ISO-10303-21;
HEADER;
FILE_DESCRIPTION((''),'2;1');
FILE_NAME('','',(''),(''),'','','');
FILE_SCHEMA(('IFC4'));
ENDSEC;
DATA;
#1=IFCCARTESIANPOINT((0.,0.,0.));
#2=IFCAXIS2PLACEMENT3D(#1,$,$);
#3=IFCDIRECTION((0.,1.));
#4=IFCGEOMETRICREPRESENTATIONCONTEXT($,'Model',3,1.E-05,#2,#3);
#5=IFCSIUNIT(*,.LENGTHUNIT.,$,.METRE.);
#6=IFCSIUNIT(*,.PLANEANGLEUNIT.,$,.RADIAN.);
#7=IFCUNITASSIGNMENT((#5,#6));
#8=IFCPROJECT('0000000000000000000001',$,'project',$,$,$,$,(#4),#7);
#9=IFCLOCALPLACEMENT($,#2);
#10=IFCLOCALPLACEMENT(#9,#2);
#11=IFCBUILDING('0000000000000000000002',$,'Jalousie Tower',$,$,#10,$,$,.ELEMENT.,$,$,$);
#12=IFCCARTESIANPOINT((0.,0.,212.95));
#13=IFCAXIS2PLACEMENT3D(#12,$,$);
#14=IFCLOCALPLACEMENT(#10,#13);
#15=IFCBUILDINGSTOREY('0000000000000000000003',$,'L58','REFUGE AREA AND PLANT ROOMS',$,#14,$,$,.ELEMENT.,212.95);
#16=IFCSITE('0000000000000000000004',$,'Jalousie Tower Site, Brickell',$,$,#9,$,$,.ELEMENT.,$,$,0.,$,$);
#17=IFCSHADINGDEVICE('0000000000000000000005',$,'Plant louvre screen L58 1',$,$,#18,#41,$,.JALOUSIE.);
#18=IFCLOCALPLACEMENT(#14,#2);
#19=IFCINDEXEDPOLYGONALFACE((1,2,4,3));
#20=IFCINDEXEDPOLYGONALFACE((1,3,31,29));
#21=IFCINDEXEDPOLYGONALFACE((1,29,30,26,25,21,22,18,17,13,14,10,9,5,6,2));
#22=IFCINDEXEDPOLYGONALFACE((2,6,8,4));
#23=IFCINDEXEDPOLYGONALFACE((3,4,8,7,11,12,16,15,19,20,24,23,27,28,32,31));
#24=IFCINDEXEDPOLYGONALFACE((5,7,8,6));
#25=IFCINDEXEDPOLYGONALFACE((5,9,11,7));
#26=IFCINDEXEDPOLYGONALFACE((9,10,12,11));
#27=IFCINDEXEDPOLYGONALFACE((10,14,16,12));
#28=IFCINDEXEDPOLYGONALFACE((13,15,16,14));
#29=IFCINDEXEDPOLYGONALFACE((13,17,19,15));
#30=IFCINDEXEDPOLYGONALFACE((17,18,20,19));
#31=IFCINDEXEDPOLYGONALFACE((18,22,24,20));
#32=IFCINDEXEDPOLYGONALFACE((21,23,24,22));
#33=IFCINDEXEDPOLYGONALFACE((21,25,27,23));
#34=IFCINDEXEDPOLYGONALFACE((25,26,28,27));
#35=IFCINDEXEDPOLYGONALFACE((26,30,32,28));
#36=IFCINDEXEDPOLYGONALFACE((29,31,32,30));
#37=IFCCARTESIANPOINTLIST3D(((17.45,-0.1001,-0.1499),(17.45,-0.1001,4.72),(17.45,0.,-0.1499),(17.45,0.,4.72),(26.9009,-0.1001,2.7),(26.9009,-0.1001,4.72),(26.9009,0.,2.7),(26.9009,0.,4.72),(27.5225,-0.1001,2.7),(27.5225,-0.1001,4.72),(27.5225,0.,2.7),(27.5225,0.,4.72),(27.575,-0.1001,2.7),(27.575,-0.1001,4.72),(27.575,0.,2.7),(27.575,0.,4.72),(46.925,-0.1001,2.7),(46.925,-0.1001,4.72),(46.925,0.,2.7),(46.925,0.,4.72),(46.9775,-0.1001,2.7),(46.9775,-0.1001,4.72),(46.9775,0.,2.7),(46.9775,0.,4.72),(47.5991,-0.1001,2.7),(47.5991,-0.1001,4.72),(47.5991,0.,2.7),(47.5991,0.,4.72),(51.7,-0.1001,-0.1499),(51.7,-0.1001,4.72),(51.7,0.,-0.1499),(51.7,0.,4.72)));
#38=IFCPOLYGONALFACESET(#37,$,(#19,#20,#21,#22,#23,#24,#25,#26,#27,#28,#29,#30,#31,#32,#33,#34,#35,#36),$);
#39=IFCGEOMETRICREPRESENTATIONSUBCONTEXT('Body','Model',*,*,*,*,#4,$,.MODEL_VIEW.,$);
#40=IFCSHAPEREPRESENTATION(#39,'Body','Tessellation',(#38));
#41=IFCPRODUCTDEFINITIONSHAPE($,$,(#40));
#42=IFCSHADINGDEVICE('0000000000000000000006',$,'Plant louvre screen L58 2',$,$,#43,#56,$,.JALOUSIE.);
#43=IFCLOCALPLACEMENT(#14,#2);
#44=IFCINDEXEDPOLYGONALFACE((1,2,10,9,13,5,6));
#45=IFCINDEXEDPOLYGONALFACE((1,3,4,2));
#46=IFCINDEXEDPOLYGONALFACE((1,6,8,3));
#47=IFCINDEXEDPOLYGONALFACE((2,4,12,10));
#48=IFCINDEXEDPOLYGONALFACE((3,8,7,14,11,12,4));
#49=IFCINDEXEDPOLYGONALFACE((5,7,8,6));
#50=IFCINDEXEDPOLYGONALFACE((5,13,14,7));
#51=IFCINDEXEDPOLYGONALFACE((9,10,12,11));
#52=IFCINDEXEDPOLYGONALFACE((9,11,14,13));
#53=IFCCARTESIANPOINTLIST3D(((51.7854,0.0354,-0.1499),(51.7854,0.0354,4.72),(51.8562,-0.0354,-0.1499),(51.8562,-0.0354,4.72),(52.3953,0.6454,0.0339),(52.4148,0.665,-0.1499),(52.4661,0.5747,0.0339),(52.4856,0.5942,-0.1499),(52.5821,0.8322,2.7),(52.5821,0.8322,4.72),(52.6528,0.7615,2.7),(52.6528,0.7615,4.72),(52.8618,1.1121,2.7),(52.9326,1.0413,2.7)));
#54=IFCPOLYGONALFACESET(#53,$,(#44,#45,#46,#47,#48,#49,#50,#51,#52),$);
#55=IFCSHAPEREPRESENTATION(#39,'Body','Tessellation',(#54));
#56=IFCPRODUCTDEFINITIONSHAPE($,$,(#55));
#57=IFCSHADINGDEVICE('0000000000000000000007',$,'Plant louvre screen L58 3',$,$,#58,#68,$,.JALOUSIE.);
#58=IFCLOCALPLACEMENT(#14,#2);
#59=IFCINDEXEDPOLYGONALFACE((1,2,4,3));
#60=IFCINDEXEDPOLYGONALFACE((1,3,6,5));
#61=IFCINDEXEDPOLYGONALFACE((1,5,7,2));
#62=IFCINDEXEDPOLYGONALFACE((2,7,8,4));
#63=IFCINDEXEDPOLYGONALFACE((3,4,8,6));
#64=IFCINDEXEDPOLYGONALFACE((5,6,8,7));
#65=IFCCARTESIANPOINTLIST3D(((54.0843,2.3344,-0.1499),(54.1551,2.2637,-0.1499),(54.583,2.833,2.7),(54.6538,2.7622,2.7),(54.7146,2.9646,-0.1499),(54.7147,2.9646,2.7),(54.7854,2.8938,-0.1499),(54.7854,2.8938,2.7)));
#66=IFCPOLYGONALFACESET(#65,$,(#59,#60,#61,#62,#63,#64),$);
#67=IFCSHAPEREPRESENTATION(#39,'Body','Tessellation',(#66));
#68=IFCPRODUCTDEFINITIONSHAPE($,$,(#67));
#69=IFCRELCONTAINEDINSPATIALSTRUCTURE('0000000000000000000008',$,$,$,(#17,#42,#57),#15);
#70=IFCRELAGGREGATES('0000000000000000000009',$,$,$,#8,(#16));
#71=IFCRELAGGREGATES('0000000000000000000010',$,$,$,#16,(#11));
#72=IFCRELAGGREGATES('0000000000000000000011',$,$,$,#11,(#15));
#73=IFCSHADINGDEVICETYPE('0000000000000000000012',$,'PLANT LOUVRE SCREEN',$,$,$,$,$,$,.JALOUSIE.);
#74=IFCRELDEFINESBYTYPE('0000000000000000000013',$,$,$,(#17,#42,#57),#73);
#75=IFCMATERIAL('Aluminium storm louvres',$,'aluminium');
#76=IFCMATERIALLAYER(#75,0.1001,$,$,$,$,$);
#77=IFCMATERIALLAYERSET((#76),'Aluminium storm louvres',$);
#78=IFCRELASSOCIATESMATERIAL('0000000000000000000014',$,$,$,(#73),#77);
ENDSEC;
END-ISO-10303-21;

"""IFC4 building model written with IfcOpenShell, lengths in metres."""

from ifc_helpers import new_model, si_unit, direction, frame, origin, place, context, subcontext, project, spatial, polyline, outline, extrude, material, layer, layer_set, type_object, element, save


model = new_model("IFC4")

# Units and contexts
model_context = context("Model", 3, precision=1e-05, world=origin(), true_north=direction((0.0, 1.0)))
body_context = subcontext(model_context, "Body", "Model", "MODEL_VIEW")
ifc_project = project(units=[si_unit("LENGTHUNIT", "METRE"), si_unit("PLANEANGLEUNIT", "RADIAN")], contexts=[model_context])

# Site, building, storey
site_placement = place(None, origin())
site = spatial("IfcSite", under=ifc_project, at=site_placement, Name="Jalousie Tower Site, Brickell", CompositionType="ELEMENT", RefElevation=0.0)
building_placement = place(site_placement, origin())
building = spatial("IfcBuilding", under=site, at=building_placement, Name="Jalousie Tower", CompositionType="ELEMENT")
storey_placement = place(building_placement, frame((0.0, 0.0, 212.95)))
storey = spatial("IfcBuildingStorey", under=building, at=storey_placement, Name="L58", Description="REFUGE AREA AND PLANT ROOMS", CompositionType="ELEMENT", Elevation=212.95)

# Shading devices
ifc_material_1 = material(Name="Aluminium storm louvres", Category="aluminium")
ifc_layer = layer(ifc_material_1, 0.1001)
ifc_layer_set = layer_set([ifc_layer], Name="Aluminium storm louvres")
shading_device_type = type_object("IfcShadingDeviceType", Name="PLANT LOUVRE SCREEN", PredefinedType="JALOUSIE", material=ifc_layer_set)
shading_device_1_placement = place(storey_placement, frame((51.7, -0.1001, 4.72), z_axis=(0.0, -1.0, 0.0), x_axis=(-1.0, 0.0, 0.0)))
element("IfcShadingDevice", 1, at=shading_device_1_placement, inside=storey, type_object=shading_device_type, Name="Plant louvre screen L58 1", PredefinedType="JALOUSIE", context=body_context, shape_type="SweptSolid", body=[
    extrude(outline(polyline([(0.0, 0.0), (4.1008, 0.0), (4.1008, 2.02), (4.7224, 2.02), (4.7224, 0.0), (4.7749, 0.0), (4.7749, 2.02), (24.125, 2.02), (24.125, 0.0), (24.1775, 0.0), (24.1775, 2.02), (24.7991, 2.02), (24.7991, 0.0), (34.25, 0.0), (34.25, 4.8699), (0.0, 4.8699), (0.0, 0.0)])), origin(), (0.0, 0.0, -1.0), 0.1001),
])
shading_device_2_placement = place(storey_placement, frame((51.8562, -0.0354, -0.1499), z_axis=(0.707213, -0.707001, -0.000004), x_axis=(0.707001, 0.707213, 0.0)))
element("IfcShadingDevice", 2, at=shading_device_2_placement, inside=storey, type_object=shading_device_type, Name="Plant louvre screen L58 2", PredefinedType="JALOUSIE", context=body_context, shape_type="SweptSolid", body=[
    extrude(outline(polyline([(0.0, 0.0), (0.8903, 0.0), (0.8626, 0.1838), (1.5225, 2.8499), (1.1268, 2.8499), (1.1268, 4.8699), (0.0, 4.8699), (0.0, 0.0)])), origin(), (0.0, 0.0, -1.0), 0.1001),
])
shading_device_3_placement = place(storey_placement, frame((54.7854, 2.8938, -0.1499), z_axis=(0.706993, -0.70722, -0.00001), x_axis=(0.000007, -0.000007, 1.0)))
element("IfcShadingDevice", 3, at=shading_device_3_placement, inside=storey, type_object=shading_device_type, Name="Plant louvre screen L58 3", PredefinedType="JALOUSIE", context=body_context, shape_type="SweptSolid", body=[
    extrude(outline(polyline([(0.0, 0.0), (2.8499, 0.0), (2.8499, 0.1861), (0.0, 0.8913), (0.0, 0.0)])), origin(), (0.0, 0.0, -1.0), 0.1001),
])

save(model, "model.ifc")
